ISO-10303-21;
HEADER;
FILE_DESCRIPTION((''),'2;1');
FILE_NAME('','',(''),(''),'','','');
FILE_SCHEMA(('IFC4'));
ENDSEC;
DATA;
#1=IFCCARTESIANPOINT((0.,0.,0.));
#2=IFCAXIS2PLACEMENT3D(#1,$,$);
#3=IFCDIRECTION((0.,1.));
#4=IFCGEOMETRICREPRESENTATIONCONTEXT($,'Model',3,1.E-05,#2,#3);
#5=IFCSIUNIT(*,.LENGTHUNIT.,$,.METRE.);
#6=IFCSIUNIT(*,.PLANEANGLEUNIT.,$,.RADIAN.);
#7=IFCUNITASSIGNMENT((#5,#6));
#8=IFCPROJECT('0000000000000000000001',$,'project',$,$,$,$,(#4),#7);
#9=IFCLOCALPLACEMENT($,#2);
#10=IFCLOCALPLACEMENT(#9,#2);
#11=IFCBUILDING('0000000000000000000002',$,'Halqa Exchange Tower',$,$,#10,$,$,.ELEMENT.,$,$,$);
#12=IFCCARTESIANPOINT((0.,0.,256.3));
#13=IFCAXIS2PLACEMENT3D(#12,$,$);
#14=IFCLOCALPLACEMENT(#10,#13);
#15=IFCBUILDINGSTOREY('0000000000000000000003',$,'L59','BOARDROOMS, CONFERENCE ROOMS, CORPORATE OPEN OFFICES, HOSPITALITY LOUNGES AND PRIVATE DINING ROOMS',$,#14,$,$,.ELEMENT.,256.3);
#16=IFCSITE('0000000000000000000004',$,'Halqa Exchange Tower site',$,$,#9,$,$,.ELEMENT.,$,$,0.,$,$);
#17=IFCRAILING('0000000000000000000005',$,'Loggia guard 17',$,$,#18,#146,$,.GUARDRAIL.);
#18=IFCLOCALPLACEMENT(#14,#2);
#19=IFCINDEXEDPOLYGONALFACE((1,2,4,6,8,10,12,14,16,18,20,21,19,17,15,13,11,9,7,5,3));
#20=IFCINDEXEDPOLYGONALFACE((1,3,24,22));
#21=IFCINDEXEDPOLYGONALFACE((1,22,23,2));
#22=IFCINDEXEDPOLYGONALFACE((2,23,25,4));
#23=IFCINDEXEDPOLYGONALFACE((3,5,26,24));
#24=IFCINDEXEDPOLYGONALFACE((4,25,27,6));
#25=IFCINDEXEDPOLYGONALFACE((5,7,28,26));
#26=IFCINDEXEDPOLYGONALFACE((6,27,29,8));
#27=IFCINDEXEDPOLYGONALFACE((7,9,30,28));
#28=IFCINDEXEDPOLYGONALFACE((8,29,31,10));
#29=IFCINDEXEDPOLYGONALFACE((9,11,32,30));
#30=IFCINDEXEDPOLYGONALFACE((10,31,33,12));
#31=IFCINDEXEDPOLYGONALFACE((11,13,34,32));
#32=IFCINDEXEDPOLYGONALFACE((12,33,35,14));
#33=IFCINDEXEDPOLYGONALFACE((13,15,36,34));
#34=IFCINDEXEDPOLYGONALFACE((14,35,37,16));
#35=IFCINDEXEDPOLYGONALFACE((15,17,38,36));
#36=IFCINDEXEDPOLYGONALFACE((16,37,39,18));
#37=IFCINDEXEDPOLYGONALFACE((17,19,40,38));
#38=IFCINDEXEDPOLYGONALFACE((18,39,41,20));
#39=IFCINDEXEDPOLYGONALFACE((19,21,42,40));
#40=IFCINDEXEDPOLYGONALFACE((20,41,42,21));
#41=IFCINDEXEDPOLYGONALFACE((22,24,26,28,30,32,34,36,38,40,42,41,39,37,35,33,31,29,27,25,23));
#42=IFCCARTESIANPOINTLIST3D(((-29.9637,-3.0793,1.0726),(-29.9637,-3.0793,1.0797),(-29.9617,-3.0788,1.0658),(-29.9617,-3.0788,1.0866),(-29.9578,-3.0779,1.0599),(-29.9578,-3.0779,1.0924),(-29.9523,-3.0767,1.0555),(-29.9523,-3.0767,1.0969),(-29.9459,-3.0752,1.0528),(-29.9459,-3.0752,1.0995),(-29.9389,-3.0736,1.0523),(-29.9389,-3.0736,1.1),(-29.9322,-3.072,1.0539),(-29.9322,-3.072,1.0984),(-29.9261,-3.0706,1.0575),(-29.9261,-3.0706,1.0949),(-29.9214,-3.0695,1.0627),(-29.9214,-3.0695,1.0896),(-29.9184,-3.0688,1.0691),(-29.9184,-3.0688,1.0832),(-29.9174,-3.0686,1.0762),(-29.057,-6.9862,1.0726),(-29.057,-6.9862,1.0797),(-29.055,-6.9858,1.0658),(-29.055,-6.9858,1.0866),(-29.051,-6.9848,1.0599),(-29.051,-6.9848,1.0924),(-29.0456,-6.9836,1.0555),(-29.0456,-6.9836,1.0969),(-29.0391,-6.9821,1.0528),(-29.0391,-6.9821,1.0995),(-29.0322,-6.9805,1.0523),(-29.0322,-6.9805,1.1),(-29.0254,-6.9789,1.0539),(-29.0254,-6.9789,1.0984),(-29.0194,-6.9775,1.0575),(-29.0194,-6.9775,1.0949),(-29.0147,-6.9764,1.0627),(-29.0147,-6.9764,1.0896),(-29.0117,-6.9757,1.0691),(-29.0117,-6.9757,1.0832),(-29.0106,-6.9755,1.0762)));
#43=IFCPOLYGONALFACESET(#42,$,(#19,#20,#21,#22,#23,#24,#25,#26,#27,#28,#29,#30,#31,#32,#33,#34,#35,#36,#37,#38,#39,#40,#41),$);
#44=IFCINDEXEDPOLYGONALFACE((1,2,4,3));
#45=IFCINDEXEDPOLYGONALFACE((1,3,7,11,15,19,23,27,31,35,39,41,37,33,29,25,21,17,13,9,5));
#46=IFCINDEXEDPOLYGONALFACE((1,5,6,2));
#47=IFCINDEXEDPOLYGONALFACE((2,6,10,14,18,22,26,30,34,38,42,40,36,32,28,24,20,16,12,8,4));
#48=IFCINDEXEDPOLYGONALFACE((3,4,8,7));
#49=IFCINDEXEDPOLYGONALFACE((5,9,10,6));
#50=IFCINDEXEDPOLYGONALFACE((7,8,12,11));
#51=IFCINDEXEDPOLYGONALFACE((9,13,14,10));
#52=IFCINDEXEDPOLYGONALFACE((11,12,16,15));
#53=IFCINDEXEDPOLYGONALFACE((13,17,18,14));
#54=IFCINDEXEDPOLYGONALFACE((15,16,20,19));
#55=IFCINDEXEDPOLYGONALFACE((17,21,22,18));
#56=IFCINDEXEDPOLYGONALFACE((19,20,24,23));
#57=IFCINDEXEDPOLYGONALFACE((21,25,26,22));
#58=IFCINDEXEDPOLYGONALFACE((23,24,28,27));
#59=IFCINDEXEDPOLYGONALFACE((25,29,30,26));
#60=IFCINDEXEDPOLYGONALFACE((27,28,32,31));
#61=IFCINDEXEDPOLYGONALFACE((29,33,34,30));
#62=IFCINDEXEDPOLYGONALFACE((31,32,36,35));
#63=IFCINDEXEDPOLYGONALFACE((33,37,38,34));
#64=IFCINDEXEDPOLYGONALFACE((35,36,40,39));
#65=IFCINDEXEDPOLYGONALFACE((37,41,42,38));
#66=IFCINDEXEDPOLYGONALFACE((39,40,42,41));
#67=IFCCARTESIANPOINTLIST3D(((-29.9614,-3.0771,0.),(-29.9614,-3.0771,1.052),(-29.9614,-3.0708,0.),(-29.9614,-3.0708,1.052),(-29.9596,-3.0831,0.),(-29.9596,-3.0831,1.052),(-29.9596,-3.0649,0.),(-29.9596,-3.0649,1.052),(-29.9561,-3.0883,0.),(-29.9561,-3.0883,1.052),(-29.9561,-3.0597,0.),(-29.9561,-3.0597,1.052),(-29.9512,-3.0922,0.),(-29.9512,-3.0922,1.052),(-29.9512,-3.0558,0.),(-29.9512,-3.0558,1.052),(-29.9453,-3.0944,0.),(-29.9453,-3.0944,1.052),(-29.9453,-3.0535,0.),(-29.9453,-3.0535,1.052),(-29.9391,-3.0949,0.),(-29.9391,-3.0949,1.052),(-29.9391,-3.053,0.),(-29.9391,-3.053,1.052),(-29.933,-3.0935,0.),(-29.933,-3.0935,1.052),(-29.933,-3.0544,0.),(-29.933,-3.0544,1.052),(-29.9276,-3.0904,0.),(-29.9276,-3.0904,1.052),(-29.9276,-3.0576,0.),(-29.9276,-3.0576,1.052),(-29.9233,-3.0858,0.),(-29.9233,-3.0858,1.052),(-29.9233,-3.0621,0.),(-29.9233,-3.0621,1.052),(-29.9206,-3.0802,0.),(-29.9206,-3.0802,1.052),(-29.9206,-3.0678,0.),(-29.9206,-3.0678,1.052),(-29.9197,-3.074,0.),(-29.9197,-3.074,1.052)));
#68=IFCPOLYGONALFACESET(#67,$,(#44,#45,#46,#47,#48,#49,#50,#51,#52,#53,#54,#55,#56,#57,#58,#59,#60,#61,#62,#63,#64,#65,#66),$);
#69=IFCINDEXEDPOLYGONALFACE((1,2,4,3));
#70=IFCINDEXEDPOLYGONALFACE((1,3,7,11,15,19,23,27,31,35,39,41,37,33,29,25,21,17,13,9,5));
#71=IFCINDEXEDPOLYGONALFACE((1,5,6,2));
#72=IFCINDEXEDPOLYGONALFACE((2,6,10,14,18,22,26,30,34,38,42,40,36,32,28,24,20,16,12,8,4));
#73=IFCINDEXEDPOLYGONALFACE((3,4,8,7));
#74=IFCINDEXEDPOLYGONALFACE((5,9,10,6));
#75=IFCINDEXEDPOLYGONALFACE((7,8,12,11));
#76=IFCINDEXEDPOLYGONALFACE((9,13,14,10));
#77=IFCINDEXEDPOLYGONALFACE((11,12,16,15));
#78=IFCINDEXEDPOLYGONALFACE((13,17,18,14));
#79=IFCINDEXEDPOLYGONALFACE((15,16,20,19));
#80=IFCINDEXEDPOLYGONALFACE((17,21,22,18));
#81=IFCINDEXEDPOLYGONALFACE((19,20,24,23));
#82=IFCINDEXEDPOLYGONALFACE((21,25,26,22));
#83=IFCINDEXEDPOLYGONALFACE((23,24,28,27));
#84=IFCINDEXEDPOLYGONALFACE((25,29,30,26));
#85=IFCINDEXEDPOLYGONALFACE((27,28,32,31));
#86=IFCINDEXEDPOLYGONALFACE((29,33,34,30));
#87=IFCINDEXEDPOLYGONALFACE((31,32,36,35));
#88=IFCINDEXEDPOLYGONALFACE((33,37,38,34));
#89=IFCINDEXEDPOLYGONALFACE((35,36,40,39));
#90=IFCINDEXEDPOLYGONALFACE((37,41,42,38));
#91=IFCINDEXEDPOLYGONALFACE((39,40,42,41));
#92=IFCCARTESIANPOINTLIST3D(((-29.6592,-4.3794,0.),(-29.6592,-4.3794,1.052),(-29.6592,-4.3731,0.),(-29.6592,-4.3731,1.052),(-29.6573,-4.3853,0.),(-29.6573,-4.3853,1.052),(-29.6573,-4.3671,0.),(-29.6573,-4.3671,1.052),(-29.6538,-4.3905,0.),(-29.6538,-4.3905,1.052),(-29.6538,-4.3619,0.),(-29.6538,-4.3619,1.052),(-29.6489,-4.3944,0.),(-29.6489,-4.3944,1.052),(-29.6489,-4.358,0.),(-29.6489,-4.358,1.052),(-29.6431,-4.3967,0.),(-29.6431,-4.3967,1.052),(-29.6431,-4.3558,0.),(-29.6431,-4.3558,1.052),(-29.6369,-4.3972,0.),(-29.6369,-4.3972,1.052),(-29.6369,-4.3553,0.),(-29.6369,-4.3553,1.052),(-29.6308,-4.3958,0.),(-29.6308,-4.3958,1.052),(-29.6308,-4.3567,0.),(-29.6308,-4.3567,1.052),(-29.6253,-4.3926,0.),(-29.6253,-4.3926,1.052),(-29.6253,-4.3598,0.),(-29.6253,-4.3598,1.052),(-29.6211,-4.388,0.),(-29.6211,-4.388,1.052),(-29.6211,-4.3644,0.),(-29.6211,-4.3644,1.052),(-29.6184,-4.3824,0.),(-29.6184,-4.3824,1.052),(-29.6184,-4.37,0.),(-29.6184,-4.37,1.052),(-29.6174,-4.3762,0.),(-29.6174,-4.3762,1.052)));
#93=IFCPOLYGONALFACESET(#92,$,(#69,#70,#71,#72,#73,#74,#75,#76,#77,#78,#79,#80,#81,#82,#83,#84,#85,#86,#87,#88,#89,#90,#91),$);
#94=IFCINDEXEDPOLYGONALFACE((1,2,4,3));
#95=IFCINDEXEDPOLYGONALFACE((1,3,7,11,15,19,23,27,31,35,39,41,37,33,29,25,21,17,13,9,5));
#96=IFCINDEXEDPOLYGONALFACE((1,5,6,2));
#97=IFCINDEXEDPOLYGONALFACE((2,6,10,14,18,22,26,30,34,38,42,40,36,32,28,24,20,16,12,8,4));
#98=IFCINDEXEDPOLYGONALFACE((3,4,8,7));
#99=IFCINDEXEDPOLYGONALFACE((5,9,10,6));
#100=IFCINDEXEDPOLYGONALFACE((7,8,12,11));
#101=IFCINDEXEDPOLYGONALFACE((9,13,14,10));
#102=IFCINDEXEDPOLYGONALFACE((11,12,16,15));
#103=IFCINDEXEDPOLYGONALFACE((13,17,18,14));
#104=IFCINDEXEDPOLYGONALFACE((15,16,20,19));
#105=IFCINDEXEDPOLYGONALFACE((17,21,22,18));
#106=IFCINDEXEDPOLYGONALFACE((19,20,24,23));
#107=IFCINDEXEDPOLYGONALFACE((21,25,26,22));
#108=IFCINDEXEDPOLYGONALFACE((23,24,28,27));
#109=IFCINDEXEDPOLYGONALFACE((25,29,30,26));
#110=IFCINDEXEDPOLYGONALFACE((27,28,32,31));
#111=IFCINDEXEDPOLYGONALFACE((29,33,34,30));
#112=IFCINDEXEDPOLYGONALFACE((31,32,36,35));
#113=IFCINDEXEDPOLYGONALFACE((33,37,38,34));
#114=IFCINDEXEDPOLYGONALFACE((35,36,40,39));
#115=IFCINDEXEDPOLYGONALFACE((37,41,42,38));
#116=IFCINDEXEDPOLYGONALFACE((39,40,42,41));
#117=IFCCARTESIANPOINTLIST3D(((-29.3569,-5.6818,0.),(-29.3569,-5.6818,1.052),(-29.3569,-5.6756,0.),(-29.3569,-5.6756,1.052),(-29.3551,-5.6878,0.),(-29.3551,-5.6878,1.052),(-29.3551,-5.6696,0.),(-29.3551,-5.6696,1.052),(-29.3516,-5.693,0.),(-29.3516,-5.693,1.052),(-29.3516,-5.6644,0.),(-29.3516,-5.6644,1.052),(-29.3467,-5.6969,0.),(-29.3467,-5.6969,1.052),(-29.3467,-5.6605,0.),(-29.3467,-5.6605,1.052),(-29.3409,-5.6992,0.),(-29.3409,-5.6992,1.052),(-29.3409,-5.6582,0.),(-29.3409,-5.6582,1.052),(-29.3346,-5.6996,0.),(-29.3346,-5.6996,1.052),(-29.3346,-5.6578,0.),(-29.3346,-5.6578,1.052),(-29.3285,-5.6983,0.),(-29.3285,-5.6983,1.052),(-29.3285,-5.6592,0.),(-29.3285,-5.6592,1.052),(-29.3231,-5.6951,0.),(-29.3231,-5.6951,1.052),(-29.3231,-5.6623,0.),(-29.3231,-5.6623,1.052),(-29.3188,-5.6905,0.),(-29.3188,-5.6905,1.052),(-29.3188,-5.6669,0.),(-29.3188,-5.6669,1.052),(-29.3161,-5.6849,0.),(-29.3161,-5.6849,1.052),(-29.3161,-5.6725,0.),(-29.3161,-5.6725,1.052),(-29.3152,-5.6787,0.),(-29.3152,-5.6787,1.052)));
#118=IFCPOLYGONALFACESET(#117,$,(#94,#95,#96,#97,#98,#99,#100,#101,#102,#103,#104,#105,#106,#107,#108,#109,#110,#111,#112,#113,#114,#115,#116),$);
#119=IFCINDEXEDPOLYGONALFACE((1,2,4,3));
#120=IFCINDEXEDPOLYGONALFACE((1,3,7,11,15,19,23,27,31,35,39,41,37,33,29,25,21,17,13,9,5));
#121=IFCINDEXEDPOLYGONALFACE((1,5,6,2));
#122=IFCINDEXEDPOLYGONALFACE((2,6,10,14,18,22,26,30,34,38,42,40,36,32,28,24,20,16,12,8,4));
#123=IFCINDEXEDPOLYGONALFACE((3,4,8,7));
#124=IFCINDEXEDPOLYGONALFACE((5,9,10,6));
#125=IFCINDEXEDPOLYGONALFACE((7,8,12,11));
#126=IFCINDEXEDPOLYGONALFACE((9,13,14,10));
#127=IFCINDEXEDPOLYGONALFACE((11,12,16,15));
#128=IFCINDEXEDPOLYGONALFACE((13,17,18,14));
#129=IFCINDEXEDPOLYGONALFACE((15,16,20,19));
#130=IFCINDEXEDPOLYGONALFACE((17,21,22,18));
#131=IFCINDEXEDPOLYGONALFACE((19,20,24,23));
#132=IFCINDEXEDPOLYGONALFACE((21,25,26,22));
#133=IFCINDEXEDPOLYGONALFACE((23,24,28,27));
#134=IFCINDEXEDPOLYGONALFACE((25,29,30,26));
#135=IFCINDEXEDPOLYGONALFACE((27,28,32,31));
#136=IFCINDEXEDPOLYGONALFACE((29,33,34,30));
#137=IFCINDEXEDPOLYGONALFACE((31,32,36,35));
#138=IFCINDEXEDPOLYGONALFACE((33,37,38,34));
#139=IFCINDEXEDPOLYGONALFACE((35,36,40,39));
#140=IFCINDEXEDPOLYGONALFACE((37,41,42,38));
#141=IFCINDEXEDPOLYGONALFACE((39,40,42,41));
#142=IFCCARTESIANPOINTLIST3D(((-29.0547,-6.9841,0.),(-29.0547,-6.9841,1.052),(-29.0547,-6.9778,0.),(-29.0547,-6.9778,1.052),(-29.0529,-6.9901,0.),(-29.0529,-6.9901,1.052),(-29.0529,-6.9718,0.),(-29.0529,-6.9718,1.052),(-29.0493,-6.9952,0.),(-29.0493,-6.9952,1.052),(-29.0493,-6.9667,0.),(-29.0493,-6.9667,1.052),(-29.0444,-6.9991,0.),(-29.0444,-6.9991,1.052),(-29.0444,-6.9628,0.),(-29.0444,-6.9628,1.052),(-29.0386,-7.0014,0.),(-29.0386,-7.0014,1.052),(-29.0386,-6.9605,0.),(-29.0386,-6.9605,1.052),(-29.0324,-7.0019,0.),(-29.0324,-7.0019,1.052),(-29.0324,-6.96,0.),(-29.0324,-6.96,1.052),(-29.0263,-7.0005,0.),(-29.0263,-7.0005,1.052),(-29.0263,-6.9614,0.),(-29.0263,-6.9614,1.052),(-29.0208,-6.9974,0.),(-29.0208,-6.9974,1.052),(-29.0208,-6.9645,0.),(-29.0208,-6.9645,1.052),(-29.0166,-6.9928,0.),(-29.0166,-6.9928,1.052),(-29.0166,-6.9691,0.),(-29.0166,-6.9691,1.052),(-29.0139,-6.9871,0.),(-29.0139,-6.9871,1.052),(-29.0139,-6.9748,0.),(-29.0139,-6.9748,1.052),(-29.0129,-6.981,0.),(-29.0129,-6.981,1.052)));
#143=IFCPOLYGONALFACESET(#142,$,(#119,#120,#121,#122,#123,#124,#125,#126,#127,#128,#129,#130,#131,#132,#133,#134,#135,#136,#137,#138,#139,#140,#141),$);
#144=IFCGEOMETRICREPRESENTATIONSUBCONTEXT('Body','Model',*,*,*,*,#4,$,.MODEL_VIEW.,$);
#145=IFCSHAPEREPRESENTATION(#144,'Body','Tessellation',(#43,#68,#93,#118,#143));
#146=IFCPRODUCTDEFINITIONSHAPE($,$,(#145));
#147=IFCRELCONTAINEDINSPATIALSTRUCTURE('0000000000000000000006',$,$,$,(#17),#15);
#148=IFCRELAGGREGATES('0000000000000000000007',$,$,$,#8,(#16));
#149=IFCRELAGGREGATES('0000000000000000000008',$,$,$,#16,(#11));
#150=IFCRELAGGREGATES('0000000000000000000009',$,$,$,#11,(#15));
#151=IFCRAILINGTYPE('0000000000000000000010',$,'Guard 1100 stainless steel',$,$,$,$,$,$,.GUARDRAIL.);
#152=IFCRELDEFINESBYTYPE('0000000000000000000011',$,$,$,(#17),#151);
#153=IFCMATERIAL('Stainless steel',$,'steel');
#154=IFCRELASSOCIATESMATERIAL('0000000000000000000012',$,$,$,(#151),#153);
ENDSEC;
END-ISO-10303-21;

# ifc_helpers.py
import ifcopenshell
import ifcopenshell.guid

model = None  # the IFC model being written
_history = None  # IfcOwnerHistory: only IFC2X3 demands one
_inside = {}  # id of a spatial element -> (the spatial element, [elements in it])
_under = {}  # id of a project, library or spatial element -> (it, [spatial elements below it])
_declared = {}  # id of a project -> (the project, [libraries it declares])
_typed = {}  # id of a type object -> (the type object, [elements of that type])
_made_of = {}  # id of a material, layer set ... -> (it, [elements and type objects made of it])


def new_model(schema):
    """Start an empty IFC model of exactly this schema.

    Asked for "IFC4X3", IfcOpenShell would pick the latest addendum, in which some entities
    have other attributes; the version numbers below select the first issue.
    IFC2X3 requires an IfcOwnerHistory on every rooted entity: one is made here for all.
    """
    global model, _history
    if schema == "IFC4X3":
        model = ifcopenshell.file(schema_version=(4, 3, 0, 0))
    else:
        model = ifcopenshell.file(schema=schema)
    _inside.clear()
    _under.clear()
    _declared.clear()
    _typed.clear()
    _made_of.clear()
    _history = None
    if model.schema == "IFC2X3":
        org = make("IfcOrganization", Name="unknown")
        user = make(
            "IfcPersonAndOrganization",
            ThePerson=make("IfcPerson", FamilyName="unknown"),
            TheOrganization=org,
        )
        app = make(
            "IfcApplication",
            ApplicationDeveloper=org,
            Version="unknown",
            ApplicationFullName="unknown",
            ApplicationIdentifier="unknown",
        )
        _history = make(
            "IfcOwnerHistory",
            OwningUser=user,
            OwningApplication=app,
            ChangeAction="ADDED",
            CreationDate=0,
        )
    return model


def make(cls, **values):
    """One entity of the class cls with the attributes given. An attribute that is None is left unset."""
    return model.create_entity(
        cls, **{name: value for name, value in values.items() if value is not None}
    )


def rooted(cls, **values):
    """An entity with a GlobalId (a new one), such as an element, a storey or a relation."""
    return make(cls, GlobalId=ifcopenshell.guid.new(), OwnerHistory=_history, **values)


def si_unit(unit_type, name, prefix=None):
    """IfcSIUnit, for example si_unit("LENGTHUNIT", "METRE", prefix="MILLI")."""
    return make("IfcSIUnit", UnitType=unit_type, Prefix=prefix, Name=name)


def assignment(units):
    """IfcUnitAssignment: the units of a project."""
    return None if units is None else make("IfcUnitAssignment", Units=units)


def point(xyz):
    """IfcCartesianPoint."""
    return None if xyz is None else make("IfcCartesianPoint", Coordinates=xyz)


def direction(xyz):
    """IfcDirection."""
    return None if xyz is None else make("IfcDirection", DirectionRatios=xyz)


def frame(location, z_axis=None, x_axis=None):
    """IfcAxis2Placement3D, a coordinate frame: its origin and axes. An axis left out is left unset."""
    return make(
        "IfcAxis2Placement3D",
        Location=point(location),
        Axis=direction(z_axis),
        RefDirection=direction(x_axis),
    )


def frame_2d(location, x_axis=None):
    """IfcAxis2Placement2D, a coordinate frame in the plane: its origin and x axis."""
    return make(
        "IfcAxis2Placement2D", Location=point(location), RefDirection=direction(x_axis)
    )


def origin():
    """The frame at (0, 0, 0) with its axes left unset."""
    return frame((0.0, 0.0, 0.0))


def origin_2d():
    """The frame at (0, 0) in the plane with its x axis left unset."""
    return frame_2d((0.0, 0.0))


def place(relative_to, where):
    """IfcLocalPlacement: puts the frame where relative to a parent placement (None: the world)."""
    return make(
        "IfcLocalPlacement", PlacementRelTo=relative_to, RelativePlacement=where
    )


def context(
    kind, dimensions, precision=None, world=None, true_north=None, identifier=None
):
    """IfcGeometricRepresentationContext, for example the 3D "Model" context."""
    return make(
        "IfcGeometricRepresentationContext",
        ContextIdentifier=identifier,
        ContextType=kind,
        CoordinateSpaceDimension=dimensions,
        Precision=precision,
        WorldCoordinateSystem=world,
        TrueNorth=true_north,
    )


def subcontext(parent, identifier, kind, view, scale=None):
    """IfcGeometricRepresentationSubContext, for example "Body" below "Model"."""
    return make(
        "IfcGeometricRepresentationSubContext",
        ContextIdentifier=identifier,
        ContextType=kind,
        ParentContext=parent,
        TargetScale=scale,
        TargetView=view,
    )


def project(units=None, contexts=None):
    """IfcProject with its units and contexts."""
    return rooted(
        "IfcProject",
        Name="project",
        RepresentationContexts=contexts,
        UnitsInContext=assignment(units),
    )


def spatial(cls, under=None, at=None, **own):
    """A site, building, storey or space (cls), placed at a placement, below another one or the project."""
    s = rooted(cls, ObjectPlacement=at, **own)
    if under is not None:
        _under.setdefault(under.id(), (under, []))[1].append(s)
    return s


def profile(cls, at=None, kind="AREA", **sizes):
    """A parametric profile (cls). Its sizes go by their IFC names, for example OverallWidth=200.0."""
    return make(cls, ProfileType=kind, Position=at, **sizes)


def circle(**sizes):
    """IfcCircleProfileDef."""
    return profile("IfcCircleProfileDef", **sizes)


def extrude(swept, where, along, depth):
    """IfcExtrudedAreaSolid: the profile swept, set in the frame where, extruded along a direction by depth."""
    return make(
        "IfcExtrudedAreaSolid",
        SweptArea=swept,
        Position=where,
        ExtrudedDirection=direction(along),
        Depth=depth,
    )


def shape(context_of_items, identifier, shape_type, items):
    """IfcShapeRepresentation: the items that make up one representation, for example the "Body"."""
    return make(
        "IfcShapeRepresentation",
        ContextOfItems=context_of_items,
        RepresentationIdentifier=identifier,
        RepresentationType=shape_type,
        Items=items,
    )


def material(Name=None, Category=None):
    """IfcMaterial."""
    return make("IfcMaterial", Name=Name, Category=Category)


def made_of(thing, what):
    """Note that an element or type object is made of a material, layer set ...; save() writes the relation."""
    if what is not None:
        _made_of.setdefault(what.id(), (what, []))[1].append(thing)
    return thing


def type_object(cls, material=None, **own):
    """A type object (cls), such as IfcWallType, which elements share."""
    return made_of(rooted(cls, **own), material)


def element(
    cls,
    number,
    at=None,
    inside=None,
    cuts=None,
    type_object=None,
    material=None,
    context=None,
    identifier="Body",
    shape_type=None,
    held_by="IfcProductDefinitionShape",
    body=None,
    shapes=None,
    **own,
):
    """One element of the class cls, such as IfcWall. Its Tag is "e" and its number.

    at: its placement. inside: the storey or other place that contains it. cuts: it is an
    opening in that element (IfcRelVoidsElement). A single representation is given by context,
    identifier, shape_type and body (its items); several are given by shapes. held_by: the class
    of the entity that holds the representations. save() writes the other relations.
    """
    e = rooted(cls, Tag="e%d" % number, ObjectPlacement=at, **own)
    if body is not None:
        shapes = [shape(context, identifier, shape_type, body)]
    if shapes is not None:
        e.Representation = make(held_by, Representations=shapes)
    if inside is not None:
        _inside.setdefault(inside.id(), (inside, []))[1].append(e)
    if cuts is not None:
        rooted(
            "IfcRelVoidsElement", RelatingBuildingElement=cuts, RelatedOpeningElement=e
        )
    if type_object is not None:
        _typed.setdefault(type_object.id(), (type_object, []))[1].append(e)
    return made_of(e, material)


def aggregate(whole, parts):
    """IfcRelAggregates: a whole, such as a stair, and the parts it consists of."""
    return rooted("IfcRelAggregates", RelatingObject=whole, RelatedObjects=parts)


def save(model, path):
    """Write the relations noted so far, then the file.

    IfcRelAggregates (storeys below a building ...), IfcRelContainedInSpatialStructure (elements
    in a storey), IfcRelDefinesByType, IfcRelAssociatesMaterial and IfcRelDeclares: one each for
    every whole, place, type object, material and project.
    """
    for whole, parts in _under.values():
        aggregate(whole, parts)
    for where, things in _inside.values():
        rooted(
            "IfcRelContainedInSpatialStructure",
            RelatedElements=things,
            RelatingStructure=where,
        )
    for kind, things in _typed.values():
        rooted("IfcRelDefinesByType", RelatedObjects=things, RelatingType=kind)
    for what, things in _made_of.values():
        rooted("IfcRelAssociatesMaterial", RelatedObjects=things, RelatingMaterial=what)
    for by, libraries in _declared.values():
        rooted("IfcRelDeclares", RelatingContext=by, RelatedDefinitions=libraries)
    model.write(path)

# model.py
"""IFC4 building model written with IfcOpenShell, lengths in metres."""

from ifc_helpers import new_model, si_unit, direction, frame, origin, origin_2d, place, context, subcontext, project, spatial, circle, extrude, material, type_object, element, save


model = new_model("IFC4")

# Units and contexts
model_context = context("Model", 3, precision=1e-05, world=origin(), true_north=direction((0.0, 1.0)))
body_context = subcontext(model_context, "Body", "Model", "MODEL_VIEW")
ifc_project = project(units=[si_unit("LENGTHUNIT", "METRE"), si_unit("PLANEANGLEUNIT", "RADIAN")], contexts=[model_context])

# Site, building, storey
site_placement = place(None, origin())
site = spatial("IfcSite", under=ifc_project, at=site_placement, Name="Halqa Exchange Tower site", CompositionType="ELEMENT", RefElevation=0.0)
building_placement = place(site_placement, origin())
building = spatial("IfcBuilding", under=site, at=building_placement, Name="Halqa Exchange Tower", CompositionType="ELEMENT")
storey_placement = place(building_placement, frame((0.0, 0.0, 256.3)))
storey = spatial("IfcBuildingStorey", under=building, at=storey_placement, Name="L59", Description="BOARDROOMS, CONFERENCE ROOMS, CORPORATE OPEN OFFICES, HOSPITALITY LOUNGES AND PRIVATE DINING ROOMS", CompositionType="ELEMENT", Elevation=256.3)

# Railing
ifc_material_1 = material(Name="Stainless steel", Category="steel")
railing_type = type_object("IfcRailingType", Name="Guard 1100 stainless steel", PredefinedType="GUARDRAIL", material=ifc_material_1)
railing_1_placement = place(storey_placement, frame((-29.9407, -3.074, 0.0)))
element("IfcRailing", 1, at=railing_1_placement, inside=storey, type_object=railing_type, Name="Loggia guard 17", PredefinedType="GUARDRAIL", context=body_context, shape_type="SweptSolid", body=[
    extrude(circle(Radius=0.0239, at=origin_2d()), frame((0.0, 0.0, 1.0762), z_axis=(0.226073, -0.97411, 0.0), x_axis=(0.97411, 0.226073, 0.0)), (0.0, 0.0, 1.0), 4.0107),
    extrude(circle(Radius=0.021, at=origin_2d()), origin(), (0.0, 0.0, 1.0), 1.052),
    extrude(circle(Radius=0.021, at=origin_2d()), frame((0.3022, -1.3022, 0.0)), (0.0, 0.0, 1.0), 1.052),
    extrude(circle(Radius=0.021, at=origin_2d()), frame((0.6045, -2.6047, 0.0)), (0.0, 0.0, 1.0), 1.052),
    extrude(circle(Radius=0.021, at=origin_2d()), frame((0.9067, -3.907, 0.0)), (0.0, 0.0, 1.0), 1.052),
])

save(model, "model.ifc")
